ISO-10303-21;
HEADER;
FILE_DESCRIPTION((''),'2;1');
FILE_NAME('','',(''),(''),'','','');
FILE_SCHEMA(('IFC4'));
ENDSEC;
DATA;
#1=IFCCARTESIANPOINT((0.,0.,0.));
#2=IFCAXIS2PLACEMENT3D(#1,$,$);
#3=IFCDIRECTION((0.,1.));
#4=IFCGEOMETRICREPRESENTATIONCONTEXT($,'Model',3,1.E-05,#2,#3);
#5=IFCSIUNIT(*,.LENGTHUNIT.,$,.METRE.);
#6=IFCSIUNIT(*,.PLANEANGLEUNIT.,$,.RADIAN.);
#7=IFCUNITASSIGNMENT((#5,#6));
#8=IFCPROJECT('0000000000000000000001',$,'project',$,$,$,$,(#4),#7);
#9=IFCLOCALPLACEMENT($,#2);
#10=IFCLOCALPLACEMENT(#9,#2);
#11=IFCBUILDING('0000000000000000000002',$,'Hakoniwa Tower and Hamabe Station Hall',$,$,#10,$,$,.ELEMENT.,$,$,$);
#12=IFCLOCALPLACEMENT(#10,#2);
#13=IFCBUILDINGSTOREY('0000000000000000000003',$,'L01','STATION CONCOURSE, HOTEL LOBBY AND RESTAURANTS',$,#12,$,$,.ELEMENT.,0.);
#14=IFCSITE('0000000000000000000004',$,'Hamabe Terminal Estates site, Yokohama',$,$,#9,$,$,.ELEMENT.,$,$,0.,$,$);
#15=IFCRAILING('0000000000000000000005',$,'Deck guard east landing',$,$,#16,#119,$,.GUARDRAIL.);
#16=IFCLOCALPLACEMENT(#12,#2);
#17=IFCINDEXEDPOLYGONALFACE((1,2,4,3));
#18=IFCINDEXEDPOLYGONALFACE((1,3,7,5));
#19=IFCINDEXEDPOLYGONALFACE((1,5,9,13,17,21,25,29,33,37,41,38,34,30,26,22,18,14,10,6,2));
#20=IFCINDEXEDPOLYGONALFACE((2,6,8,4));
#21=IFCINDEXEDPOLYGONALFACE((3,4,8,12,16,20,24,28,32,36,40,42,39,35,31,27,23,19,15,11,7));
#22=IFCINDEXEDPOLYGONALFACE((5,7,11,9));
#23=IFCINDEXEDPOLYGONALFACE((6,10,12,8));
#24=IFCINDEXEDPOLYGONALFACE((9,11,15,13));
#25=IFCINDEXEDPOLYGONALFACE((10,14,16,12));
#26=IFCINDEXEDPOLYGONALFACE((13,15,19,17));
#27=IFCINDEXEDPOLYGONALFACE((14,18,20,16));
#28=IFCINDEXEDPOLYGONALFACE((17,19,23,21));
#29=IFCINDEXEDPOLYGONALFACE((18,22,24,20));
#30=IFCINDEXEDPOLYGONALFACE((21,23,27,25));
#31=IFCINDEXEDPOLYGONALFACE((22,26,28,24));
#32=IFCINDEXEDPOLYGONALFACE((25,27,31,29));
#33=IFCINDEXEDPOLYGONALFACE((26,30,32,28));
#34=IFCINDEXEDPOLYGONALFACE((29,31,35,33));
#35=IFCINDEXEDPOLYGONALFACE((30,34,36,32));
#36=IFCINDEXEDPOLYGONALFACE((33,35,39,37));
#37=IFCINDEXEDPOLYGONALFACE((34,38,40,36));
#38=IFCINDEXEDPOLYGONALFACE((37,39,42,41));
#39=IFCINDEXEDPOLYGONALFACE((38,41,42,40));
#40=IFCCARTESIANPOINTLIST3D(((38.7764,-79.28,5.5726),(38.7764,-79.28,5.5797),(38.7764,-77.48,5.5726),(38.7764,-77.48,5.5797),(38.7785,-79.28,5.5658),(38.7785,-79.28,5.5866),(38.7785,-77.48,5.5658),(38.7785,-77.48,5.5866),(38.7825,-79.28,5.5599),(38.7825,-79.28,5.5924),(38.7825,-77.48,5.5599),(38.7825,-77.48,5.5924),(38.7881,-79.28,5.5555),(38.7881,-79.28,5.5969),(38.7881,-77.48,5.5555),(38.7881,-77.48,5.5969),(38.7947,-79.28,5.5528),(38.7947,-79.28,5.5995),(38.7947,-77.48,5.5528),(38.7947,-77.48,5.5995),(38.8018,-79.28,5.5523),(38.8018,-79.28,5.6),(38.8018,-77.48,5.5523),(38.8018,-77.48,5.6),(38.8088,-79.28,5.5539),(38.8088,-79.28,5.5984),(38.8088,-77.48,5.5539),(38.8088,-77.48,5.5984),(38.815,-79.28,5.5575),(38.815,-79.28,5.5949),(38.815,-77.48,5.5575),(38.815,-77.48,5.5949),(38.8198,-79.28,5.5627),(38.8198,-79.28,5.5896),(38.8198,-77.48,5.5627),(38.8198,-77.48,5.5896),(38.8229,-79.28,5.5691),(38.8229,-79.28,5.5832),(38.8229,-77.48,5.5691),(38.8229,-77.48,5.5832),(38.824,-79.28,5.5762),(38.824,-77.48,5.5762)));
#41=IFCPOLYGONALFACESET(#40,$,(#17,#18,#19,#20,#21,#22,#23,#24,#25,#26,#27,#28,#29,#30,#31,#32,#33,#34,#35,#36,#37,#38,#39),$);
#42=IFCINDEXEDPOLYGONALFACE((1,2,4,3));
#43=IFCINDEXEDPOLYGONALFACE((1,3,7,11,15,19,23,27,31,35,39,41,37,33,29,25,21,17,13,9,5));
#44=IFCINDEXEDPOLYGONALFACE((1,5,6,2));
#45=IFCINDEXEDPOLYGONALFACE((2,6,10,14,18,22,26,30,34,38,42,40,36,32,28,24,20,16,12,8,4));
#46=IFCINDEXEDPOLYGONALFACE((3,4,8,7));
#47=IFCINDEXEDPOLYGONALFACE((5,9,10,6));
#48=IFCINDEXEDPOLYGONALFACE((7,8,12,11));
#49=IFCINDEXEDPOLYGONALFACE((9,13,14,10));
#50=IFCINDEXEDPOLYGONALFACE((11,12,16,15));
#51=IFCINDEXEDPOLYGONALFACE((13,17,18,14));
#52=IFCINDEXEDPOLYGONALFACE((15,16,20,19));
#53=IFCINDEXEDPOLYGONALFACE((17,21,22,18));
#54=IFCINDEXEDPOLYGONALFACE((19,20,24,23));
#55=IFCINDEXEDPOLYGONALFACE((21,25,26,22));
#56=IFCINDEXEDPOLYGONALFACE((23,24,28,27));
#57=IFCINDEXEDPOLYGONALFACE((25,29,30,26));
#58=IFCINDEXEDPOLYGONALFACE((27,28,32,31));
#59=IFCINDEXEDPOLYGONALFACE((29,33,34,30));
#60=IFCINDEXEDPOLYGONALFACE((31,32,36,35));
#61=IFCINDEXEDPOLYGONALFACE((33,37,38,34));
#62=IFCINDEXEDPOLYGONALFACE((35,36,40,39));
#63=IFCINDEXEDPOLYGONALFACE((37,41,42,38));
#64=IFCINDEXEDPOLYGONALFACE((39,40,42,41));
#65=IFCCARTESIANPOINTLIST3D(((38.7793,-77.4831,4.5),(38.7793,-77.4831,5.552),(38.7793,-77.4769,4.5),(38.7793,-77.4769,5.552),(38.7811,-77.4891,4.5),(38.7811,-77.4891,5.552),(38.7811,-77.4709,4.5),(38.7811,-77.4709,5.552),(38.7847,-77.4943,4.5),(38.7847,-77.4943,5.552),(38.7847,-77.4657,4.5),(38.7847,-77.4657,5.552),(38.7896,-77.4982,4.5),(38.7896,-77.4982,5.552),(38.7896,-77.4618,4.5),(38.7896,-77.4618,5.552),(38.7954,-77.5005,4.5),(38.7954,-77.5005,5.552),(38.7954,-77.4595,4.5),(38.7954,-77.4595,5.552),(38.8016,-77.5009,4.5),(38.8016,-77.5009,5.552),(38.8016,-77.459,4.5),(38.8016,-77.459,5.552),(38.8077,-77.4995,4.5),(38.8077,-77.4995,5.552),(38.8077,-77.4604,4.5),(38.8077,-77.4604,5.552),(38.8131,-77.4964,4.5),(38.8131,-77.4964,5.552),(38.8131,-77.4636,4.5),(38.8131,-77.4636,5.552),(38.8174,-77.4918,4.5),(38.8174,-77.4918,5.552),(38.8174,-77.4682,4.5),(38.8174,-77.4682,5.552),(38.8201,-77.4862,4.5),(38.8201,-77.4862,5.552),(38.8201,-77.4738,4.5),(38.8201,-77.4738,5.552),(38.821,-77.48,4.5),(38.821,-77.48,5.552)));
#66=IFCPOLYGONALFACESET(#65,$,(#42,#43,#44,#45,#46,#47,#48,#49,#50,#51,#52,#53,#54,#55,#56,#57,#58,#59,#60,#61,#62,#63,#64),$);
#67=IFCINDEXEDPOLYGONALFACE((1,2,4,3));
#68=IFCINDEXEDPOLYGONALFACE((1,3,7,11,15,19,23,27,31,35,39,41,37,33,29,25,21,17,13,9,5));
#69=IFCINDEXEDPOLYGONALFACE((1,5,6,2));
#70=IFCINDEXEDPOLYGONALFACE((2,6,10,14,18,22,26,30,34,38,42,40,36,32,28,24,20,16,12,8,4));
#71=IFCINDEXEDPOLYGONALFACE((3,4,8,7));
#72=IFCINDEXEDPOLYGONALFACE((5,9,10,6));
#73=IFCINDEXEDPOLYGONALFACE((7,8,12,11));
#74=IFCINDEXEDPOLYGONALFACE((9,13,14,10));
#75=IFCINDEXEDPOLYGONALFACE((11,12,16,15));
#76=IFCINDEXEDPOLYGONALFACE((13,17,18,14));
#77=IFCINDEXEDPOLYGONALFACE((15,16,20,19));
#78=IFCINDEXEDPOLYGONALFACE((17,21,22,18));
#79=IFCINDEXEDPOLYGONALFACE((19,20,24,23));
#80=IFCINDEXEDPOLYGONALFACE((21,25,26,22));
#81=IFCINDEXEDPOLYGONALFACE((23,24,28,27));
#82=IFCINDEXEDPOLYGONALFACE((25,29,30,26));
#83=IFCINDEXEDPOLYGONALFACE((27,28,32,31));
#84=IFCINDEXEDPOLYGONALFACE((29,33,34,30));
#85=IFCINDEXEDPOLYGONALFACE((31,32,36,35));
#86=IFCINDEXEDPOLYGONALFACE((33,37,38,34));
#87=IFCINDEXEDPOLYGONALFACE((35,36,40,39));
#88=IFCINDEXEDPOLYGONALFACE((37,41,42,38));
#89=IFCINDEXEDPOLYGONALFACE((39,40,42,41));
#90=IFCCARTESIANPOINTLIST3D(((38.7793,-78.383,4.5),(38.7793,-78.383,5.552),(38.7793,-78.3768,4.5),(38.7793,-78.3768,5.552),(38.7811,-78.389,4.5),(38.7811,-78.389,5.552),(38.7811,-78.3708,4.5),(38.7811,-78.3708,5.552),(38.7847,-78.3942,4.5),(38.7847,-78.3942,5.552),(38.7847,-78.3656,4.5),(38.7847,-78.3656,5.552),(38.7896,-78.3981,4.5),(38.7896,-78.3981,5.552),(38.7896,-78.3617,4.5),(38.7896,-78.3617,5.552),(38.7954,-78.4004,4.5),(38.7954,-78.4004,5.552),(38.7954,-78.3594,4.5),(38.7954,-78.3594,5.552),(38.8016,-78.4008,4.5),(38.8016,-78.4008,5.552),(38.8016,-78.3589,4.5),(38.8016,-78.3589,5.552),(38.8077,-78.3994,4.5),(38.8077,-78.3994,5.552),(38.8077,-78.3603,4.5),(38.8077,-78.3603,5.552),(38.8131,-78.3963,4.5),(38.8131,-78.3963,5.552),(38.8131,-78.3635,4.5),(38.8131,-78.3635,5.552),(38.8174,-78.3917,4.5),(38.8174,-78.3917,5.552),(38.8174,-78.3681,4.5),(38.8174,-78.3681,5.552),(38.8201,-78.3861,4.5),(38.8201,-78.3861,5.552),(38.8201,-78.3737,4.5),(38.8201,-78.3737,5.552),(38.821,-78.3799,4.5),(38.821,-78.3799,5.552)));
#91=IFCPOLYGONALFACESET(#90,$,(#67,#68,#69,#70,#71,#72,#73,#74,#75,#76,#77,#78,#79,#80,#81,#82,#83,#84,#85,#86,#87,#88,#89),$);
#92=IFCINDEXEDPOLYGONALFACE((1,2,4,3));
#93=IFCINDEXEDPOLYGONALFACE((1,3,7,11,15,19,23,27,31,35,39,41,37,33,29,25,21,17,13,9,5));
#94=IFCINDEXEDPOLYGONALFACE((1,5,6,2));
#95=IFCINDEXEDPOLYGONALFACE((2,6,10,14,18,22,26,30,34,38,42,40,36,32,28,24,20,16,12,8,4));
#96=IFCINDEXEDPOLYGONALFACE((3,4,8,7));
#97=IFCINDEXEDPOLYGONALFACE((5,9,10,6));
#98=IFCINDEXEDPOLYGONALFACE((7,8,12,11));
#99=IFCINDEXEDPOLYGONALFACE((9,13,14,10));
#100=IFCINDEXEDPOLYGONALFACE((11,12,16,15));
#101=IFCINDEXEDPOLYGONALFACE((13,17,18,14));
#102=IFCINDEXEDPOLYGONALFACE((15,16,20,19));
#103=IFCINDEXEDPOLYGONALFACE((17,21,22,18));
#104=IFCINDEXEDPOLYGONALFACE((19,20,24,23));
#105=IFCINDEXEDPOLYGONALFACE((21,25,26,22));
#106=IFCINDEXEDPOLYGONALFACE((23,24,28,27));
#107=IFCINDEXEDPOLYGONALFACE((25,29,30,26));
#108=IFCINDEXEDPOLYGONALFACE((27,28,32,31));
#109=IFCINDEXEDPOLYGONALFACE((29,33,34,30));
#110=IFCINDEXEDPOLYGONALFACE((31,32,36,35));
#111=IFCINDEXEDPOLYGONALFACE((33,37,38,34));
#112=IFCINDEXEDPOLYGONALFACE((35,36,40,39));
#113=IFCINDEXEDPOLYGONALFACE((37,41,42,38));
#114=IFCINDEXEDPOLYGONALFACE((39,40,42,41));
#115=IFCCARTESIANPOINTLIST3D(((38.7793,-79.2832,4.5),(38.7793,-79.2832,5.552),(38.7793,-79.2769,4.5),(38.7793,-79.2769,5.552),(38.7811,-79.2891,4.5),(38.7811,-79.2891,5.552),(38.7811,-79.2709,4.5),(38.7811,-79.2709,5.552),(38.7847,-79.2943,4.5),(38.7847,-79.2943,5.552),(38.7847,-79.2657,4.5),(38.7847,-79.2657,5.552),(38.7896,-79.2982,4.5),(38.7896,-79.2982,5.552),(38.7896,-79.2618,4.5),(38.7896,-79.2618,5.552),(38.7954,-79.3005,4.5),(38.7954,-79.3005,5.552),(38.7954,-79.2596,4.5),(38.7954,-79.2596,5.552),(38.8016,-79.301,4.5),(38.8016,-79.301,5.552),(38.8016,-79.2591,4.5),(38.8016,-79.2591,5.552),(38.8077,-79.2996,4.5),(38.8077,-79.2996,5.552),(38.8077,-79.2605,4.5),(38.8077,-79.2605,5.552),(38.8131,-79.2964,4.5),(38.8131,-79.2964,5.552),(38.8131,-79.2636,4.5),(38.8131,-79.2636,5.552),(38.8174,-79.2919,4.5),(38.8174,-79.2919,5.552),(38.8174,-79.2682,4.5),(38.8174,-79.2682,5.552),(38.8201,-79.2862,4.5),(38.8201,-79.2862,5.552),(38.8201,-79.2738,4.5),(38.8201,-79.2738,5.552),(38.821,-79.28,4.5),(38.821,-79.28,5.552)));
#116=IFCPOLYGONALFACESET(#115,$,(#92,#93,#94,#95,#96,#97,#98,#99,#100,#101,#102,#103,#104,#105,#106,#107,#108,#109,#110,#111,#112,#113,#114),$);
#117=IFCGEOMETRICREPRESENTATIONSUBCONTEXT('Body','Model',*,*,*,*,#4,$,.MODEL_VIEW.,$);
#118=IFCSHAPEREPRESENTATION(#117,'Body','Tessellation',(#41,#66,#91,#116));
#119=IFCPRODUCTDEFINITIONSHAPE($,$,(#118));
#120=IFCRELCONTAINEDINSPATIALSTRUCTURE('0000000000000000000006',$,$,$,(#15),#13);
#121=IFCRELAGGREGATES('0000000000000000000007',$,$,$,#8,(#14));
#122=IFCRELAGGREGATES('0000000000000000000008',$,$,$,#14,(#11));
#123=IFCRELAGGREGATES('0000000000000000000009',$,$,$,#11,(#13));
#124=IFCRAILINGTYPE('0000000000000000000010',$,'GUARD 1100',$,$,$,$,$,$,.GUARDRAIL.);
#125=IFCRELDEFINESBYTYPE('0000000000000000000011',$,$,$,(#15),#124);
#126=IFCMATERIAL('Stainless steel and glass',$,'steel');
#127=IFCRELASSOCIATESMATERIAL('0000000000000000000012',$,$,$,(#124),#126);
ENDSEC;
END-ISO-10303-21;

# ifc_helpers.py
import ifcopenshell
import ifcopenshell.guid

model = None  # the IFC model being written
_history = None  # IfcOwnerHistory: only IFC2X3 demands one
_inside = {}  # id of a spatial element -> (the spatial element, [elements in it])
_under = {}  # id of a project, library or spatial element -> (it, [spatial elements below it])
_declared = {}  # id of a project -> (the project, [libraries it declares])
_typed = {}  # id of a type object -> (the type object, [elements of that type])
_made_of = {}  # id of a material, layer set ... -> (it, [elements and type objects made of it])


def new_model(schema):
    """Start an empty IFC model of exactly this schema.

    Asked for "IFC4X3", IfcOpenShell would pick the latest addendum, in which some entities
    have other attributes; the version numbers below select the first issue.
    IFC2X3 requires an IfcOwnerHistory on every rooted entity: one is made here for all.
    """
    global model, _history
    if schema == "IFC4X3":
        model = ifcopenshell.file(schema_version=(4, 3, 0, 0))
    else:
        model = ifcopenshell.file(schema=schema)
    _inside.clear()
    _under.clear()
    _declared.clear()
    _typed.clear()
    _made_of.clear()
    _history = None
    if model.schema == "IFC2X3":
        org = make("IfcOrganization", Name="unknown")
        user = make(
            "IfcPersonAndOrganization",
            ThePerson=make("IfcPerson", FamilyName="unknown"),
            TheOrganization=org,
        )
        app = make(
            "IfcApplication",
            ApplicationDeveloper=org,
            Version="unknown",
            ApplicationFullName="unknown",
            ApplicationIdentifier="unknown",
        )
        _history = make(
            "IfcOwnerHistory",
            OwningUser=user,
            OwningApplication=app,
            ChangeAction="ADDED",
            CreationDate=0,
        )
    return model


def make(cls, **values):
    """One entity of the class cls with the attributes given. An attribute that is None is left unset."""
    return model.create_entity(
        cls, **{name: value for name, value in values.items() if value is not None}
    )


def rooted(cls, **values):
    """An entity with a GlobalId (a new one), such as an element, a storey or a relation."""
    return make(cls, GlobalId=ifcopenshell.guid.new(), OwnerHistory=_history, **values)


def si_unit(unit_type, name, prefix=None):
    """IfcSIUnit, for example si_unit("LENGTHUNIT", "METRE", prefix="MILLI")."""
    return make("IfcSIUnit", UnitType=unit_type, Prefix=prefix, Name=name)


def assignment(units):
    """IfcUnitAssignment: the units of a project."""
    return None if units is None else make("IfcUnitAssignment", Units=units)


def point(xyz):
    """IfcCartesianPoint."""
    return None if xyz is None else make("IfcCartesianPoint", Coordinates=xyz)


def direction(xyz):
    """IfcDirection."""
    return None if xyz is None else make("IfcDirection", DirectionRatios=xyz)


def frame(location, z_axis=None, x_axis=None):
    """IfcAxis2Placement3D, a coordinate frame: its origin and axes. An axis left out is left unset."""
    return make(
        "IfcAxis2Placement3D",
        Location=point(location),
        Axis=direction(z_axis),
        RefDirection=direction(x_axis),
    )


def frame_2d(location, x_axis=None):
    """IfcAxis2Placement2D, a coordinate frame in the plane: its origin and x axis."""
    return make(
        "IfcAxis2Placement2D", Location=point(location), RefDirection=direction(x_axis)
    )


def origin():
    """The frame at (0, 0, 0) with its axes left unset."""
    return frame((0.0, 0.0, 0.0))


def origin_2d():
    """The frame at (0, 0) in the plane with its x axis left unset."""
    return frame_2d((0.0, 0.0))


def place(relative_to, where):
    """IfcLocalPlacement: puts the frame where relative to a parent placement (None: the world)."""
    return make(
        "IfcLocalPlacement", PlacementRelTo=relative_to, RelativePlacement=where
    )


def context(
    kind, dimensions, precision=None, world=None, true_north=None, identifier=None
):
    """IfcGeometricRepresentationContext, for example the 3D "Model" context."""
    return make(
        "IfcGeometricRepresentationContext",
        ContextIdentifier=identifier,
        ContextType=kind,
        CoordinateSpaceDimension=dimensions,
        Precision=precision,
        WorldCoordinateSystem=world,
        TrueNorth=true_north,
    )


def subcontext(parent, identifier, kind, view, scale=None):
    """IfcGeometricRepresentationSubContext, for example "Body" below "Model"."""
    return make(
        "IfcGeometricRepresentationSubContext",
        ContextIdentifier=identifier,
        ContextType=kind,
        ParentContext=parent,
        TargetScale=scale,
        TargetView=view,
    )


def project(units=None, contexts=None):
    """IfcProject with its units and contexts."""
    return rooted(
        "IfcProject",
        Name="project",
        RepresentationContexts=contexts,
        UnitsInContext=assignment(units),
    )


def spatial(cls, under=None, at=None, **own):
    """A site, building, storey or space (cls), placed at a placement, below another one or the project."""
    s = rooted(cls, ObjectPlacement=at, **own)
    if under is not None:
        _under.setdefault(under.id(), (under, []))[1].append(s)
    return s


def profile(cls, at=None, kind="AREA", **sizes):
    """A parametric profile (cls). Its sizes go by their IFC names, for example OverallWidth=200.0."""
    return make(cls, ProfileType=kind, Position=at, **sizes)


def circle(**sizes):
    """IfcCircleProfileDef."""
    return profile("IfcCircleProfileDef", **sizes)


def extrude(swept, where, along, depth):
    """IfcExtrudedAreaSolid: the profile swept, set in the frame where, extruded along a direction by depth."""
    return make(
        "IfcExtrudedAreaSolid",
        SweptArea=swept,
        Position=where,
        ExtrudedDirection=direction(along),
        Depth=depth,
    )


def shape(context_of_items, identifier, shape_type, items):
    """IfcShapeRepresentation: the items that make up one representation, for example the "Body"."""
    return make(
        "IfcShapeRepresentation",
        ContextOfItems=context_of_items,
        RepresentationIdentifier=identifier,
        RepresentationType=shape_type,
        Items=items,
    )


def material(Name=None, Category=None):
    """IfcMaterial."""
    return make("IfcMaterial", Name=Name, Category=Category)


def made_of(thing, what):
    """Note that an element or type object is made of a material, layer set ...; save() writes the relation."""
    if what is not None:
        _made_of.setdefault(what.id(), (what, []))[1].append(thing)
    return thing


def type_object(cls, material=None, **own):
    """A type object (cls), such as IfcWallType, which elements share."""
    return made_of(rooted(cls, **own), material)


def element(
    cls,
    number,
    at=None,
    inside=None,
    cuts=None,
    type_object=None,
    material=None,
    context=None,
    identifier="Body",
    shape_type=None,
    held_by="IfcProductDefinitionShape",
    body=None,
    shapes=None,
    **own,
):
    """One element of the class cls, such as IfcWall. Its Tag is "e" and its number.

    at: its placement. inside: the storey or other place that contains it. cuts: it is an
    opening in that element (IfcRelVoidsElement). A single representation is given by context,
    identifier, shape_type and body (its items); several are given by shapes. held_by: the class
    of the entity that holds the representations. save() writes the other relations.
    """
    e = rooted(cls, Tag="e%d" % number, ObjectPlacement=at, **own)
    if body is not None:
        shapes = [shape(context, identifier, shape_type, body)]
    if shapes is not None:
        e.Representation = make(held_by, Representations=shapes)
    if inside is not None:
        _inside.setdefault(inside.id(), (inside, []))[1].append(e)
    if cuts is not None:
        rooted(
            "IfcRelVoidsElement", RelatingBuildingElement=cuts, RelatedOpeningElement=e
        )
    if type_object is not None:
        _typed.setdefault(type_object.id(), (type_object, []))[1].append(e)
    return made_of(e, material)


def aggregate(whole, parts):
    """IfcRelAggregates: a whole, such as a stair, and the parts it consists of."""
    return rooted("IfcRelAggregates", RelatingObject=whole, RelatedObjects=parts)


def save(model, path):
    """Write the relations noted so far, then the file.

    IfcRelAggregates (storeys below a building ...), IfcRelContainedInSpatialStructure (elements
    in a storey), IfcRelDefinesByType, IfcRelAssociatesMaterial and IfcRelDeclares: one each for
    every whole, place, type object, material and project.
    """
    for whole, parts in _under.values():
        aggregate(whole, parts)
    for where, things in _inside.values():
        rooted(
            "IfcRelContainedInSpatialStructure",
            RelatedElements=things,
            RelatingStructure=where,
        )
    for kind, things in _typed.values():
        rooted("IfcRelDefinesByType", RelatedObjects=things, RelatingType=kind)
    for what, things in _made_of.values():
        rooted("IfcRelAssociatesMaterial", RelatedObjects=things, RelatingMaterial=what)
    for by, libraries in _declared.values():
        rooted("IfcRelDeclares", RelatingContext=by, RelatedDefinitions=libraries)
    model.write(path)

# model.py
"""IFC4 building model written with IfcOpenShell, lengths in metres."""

from ifc_helpers import new_model, si_unit, direction, frame, origin, origin_2d, place, context, subcontext, project, spatial, circle, extrude, material, type_object, element, save


model = new_model("IFC4")

# Units and contexts
model_context = context("Model", 3, precision=1e-05, world=origin(), true_north=direction((0.0, 1.0)))
body_context = subcontext(model_context, "Body", "Model", "MODEL_VIEW")
ifc_project = project(units=[si_unit("LENGTHUNIT", "METRE"), si_unit("PLANEANGLEUNIT", "RADIAN")], contexts=[model_context])

# Site, building, storey
site_placement = place(None, origin())
site = spatial("IfcSite", under=ifc_project, at=site_placement, Name="Hamabe Terminal Estates site, Yokohama", CompositionType="ELEMENT", RefElevation=0.0)
building_placement = place(site_placement, origin())
building = spatial("IfcBuilding", under=site, at=building_placement, Name="Hakoniwa Tower and Hamabe Station Hall", CompositionType="ELEMENT")
storey_placement = place(building_placement, origin())
storey = spatial("IfcBuildingStorey", under=building, at=storey_placement, Name="L01", Description="STATION CONCOURSE, HOTEL LOBBY AND RESTAURANTS", CompositionType="ELEMENT", Elevation=0.0)

# Railing
ifc_material_1 = material(Name="Stainless steel and glass", Category="steel")
railing_type_1 = type_object("IfcRailingType", Name="GUARD 1100", PredefinedType="GUARDRAIL", material=ifc_material_1)
railing_1_placement = place(storey_placement, frame((38.8, -77.48, 4.5)))
element("IfcRailing", 1, at=railing_1_placement, inside=storey, type_object=railing_type_1, Name="Deck guard east landing", PredefinedType="GUARDRAIL", context=body_context, shape_type="SweptSolid", body=[
    extrude(circle(Radius=0.0239, at=origin_2d()), frame((0.0, 0.0, 1.0762), z_axis=(0.0, -1.0, 0.0), x_axis=(1.0, 0.0, 0.0)), (0.0, 0.0, 1.0), 1.8),
    extrude(circle(Radius=0.021, at=origin_2d()), origin(), (0.0, 0.0, 1.0), 1.052),
    extrude(circle(Radius=0.021, at=origin_2d()), frame((0.0, -0.8999, 0.0)), (0.0, 0.0, 1.0), 1.052),
    extrude(circle(Radius=0.021, at=origin_2d()), frame((0.0, -1.8, 0.0)), (0.0, 0.0, 1.0), 1.052),
])

save(model, "model.ifc")
